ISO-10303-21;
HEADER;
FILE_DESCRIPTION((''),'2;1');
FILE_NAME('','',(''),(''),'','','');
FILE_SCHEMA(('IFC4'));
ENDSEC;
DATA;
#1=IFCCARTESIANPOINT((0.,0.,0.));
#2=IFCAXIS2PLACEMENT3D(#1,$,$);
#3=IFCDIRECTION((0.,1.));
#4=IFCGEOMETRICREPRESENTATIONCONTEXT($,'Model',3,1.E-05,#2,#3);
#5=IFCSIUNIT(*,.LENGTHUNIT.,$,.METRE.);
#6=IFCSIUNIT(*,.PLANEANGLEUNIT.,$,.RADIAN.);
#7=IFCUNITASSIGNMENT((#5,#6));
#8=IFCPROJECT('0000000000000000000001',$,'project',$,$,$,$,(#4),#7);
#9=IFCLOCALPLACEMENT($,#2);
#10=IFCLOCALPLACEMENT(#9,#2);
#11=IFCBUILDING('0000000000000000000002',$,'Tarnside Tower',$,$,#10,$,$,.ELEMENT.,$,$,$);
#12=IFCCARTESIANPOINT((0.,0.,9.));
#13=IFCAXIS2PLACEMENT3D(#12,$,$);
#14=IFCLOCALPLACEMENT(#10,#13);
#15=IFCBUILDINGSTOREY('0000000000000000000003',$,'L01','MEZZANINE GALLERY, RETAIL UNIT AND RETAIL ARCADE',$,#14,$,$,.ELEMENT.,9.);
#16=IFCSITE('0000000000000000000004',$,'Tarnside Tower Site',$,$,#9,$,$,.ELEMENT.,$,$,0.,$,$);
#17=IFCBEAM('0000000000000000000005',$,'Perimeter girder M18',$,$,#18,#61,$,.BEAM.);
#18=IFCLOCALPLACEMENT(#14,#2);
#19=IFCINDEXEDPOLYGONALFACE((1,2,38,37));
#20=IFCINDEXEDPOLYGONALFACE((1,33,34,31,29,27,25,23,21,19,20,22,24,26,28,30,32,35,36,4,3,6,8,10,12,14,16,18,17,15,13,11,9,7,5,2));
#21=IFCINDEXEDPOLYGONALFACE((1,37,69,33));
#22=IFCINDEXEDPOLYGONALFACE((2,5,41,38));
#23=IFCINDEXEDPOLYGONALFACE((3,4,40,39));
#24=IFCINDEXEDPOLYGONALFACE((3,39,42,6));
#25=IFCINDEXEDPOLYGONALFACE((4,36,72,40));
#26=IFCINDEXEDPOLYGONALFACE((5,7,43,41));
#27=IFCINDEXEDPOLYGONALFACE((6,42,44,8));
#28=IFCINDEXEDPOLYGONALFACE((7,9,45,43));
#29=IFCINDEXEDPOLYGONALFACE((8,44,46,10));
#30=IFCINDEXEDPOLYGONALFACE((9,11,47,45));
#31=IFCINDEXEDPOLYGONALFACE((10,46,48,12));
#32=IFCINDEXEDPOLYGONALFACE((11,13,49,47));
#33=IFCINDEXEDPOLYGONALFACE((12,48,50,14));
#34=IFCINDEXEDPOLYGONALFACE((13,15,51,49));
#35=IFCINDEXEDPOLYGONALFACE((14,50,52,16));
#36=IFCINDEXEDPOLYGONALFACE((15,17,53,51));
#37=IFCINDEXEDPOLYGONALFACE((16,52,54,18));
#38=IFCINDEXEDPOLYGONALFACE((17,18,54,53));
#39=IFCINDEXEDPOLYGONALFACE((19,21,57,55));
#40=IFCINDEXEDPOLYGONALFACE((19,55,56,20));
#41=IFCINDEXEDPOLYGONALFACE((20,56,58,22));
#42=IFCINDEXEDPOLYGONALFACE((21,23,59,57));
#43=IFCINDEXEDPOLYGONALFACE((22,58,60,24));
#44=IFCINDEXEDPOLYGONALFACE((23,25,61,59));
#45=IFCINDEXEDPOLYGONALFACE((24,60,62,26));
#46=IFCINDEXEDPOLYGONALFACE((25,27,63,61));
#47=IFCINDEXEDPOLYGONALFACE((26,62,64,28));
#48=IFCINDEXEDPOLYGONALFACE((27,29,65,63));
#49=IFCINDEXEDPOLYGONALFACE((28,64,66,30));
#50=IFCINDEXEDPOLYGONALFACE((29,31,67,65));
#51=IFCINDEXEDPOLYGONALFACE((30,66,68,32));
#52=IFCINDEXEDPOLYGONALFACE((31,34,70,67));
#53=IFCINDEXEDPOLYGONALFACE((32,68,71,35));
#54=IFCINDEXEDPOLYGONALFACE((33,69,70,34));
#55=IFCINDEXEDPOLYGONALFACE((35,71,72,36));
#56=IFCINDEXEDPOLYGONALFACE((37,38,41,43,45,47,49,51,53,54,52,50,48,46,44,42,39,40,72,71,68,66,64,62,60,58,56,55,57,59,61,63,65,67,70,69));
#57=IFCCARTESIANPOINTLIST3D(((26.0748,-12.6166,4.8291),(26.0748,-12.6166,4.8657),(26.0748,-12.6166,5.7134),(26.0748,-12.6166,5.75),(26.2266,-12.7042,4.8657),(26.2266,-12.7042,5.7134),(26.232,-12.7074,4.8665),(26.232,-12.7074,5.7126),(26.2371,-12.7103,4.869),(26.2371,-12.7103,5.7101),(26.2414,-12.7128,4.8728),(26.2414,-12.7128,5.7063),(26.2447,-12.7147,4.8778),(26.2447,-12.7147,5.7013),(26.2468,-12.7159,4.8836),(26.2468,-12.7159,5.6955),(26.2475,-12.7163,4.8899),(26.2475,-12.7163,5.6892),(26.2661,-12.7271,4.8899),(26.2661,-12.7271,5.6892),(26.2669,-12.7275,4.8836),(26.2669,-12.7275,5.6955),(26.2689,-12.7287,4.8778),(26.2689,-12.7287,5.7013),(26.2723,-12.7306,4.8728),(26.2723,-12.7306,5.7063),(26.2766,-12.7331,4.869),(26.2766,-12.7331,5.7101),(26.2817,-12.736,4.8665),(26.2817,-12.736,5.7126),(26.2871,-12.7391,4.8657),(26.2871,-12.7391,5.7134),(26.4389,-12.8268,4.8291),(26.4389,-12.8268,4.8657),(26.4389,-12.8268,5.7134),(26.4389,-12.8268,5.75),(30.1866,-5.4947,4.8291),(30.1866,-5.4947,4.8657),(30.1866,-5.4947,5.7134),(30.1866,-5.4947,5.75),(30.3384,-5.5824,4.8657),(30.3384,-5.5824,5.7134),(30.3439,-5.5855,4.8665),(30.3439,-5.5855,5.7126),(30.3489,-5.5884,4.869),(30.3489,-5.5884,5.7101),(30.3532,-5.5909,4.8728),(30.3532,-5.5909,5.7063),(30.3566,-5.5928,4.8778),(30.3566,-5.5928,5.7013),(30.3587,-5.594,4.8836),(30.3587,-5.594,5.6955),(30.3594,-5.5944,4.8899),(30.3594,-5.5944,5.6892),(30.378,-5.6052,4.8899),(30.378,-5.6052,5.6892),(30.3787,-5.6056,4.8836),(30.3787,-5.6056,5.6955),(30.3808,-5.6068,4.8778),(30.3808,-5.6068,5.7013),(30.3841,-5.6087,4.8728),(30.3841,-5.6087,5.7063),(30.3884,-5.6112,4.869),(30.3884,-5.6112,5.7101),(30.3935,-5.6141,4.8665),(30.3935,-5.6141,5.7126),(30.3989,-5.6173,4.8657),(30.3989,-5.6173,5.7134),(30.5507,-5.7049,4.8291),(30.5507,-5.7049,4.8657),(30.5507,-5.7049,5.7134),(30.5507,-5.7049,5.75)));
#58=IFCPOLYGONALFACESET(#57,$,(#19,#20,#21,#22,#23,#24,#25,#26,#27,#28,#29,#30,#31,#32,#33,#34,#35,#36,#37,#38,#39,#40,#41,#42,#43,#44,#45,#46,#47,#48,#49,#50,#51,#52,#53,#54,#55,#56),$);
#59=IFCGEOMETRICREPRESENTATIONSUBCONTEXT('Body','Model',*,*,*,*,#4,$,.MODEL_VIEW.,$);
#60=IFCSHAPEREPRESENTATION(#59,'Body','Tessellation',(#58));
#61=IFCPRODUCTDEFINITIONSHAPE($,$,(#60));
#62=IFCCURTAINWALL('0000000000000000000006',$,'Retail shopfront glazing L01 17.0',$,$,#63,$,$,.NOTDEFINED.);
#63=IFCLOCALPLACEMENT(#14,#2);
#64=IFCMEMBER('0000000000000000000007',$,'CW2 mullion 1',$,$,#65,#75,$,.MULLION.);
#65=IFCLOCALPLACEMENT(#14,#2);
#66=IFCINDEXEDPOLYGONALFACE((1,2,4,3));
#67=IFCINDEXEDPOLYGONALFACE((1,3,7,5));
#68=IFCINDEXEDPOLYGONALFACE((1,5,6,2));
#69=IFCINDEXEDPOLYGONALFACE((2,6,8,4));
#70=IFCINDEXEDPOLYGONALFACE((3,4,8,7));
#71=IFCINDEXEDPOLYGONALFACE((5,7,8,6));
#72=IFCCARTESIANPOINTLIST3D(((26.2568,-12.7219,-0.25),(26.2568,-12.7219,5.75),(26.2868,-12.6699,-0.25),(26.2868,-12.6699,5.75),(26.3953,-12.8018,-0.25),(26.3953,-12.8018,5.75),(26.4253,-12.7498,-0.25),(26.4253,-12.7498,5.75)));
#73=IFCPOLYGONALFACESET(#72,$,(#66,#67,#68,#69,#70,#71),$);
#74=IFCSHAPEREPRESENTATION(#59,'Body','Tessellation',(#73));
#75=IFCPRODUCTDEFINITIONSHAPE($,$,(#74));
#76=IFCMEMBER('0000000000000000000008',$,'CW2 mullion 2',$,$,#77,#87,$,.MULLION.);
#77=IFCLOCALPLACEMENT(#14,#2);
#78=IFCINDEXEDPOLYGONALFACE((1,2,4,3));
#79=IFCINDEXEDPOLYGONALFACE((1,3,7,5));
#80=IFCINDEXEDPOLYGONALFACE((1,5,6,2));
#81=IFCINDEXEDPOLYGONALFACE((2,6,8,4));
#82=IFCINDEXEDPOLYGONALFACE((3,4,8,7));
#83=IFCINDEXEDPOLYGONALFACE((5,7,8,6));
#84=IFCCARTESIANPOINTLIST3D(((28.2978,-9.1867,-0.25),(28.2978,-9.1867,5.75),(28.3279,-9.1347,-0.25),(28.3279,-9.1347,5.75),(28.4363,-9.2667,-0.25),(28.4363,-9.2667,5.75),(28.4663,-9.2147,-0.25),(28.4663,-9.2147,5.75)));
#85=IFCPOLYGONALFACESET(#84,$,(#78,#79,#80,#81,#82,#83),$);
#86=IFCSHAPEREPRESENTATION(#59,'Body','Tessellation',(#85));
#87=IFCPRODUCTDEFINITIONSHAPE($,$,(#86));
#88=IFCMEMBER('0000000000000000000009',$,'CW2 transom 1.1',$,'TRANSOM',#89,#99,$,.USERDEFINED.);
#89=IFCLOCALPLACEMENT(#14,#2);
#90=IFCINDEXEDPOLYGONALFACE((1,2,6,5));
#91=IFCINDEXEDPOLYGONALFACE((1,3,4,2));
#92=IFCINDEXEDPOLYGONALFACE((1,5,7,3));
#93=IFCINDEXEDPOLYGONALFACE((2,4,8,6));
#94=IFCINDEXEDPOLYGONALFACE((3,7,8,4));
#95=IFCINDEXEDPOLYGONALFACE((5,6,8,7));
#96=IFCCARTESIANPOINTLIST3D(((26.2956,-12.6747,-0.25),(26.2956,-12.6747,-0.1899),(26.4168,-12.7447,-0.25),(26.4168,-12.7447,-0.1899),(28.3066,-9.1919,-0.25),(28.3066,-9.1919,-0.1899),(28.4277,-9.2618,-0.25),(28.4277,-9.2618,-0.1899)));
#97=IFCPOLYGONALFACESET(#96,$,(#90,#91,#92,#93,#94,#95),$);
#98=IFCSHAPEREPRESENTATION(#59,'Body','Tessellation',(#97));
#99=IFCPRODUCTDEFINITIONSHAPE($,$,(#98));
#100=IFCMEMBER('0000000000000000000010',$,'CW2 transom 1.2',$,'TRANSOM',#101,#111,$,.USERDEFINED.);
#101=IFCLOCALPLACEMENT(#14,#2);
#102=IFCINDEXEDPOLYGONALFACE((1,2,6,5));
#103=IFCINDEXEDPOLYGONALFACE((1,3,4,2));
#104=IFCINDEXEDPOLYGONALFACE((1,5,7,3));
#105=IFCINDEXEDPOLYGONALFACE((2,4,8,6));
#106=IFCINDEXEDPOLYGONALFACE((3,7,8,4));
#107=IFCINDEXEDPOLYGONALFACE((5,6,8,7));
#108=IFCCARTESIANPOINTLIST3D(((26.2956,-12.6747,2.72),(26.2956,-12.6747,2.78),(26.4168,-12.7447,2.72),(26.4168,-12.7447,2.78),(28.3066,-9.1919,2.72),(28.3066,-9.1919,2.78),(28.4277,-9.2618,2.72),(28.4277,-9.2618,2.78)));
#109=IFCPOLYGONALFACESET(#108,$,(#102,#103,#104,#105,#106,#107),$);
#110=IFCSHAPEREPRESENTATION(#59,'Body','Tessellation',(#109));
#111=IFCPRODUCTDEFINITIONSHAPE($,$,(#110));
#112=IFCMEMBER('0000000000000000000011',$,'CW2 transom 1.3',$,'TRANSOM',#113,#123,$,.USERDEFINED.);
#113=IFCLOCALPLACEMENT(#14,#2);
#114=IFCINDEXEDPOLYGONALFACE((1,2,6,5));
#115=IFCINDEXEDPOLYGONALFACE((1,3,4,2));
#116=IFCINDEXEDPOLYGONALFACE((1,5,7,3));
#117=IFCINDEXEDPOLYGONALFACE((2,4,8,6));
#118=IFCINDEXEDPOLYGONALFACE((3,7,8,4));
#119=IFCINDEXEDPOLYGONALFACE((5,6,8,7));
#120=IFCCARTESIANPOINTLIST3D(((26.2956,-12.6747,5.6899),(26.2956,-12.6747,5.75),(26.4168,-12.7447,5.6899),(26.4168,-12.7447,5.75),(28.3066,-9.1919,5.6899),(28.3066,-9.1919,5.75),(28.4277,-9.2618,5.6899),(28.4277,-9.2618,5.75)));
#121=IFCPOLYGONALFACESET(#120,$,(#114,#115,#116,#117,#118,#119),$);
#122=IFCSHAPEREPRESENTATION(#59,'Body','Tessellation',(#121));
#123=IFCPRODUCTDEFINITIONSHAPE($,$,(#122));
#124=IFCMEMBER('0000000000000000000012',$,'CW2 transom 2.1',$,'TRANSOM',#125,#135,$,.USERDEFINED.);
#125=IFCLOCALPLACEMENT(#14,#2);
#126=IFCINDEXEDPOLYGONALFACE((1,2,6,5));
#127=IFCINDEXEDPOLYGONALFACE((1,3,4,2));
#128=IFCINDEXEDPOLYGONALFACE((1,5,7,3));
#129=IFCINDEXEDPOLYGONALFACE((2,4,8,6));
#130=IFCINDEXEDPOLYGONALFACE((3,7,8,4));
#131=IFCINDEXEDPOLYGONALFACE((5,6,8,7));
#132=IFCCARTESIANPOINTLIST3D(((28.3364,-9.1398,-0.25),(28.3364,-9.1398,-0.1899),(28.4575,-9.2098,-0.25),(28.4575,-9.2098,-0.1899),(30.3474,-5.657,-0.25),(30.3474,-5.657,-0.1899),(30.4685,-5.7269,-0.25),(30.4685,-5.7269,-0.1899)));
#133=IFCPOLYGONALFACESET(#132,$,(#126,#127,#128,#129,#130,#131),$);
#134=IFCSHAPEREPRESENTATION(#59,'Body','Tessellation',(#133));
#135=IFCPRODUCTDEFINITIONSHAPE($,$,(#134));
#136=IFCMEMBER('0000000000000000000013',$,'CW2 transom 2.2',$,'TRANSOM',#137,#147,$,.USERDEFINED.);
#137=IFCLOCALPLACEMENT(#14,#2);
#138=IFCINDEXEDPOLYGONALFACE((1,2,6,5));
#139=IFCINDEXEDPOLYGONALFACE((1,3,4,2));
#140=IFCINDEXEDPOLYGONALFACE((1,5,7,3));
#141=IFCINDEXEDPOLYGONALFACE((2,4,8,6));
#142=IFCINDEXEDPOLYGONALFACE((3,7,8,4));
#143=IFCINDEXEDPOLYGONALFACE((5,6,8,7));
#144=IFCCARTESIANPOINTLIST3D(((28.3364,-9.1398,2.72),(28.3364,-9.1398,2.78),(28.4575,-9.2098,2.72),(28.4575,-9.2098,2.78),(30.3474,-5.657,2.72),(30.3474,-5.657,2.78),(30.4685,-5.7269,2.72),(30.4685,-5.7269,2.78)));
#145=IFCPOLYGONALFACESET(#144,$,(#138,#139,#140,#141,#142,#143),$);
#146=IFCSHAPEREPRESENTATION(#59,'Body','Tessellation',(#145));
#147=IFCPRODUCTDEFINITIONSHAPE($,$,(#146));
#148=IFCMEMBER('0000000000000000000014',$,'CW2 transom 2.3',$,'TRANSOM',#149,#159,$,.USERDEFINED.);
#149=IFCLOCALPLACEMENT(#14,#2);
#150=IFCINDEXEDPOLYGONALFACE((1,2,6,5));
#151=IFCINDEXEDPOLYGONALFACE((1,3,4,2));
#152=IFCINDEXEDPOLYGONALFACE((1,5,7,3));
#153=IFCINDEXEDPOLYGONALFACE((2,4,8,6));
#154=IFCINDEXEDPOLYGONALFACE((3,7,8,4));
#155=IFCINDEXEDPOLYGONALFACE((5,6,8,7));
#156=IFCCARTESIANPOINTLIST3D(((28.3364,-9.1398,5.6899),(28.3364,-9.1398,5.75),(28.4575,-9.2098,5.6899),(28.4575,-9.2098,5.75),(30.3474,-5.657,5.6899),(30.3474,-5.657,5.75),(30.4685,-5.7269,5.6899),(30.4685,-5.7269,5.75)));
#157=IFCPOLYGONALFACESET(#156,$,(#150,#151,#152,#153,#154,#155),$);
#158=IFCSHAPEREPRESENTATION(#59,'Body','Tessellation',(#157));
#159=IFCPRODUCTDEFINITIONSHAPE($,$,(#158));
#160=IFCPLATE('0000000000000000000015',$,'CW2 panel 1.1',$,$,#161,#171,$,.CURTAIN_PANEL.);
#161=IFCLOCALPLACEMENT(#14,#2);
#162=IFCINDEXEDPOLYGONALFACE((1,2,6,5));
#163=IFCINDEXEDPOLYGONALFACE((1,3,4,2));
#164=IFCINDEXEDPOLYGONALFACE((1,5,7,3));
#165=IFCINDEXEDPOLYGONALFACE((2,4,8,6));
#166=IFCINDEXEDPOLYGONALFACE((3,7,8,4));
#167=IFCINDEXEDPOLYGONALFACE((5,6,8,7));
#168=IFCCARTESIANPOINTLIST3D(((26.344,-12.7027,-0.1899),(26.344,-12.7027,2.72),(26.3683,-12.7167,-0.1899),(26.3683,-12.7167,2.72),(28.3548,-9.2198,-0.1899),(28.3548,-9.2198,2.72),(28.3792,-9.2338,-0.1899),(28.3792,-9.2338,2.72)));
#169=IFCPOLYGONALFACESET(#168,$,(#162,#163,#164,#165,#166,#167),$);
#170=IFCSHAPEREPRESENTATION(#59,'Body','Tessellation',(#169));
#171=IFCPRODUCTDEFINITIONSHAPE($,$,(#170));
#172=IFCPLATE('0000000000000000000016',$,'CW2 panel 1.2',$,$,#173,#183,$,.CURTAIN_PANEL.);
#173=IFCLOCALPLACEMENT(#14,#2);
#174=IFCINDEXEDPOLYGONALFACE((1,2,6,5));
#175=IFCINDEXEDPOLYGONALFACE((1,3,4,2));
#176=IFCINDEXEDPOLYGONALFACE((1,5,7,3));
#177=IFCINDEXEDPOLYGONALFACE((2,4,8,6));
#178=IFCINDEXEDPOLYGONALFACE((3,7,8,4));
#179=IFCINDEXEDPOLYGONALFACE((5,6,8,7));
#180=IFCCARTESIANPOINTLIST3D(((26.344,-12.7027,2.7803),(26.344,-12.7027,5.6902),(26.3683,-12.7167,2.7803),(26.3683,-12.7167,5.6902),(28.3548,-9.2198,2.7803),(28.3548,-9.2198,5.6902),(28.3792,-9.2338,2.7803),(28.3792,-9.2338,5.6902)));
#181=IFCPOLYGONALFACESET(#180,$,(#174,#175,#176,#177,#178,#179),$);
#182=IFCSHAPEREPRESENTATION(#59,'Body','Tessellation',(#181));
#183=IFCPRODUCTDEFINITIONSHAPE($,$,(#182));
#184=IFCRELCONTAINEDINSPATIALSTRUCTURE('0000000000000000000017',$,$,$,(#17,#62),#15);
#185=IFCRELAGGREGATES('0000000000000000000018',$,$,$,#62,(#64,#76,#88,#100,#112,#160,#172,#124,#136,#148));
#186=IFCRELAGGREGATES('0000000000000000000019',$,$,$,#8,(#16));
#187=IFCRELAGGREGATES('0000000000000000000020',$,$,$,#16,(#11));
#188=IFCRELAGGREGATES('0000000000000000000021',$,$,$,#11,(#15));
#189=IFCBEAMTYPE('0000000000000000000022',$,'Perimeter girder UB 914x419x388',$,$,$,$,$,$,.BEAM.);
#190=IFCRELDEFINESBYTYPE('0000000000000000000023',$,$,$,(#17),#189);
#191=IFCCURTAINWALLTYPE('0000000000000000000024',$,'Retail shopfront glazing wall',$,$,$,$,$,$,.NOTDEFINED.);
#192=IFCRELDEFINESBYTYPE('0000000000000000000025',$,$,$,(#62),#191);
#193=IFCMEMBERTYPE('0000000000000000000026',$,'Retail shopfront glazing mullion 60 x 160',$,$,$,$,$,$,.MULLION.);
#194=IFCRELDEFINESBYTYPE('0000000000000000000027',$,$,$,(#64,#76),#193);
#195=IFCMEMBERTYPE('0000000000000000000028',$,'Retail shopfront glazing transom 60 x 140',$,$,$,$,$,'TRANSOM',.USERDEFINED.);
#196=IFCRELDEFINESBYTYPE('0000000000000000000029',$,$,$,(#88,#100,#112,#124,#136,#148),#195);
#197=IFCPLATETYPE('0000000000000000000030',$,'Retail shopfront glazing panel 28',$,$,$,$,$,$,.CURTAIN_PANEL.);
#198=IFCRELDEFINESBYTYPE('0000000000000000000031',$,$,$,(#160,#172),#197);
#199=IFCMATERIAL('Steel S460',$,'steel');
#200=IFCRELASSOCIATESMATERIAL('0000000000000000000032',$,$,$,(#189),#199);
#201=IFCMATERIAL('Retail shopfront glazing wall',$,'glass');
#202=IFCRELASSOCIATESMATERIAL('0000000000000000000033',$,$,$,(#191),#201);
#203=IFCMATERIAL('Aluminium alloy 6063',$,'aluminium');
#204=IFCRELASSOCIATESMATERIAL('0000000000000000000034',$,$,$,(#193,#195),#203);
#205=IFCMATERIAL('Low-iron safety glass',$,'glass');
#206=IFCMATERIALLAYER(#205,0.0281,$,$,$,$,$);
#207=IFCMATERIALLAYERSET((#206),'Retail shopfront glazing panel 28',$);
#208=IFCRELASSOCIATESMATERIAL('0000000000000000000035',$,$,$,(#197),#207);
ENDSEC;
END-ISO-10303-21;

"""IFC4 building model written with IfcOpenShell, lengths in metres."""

from ifc_helpers import new_model, si_unit, direction, frame, origin, origin_2d, place, context, subcontext, project, spatial, rectangle, i_section, extrude, material, layer, layer_set, material_profile, profile_set, type_object, element, aggregate, save


model = new_model("IFC4")

# Units and contexts
model_context = context("Model", 3, precision=1e-05, world=origin(), true_north=direction((0.0, 1.0)))
body_context = subcontext(model_context, "Body", "Model", "MODEL_VIEW")
ifc_project = project(units=[si_unit("LENGTHUNIT", "METRE"), si_unit("PLANEANGLEUNIT", "RADIAN")], contexts=[model_context])

# Site, building, storey
site_placement = place(None, origin())
site = spatial("IfcSite", under=ifc_project, at=site_placement, Name="Tarnside Tower Site", CompositionType="ELEMENT", RefElevation=0.0)
building_placement = place(site_placement, origin())
building = spatial("IfcBuilding", under=site, at=building_placement, Name="Tarnside Tower", CompositionType="ELEMENT")
storey_placement = place(building_placement, frame((0.0, 0.0, 9.0)))
storey = spatial("IfcBuildingStorey", under=building, at=storey_placement, Name="L01", Description="MEZZANINE GALLERY, RETAIL UNIT AND RETAIL ARCADE", CompositionType="ELEMENT", Elevation=9.0)

# Shared definitions
ifc_material_1 = material(Name="Steel S460", Category="steel")

# Beam
ifc_material_profile_1 = material_profile(ifc_material_1, i_section(OverallWidth=0.4204, OverallDepth=0.9209, WebThickness=0.0215, FlangeThickness=0.0366, FilletRadius=0.0242, at=origin_2d()), Name="UB 914x419x388")
ifc_profile_set_1 = profile_set([ifc_material_profile_1], Name="Steel S460")
beam_type_1 = type_object("IfcBeamType", Name="Perimeter girder UB 914x419x388", PredefinedType="BEAM", material=ifc_profile_set_1)
beam_1_placement = place(storey_placement, frame((26.2568, -12.7217, 5.2896), z_axis=(0.500003, 0.866024, 0.0), x_axis=(-0.866024, 0.500003, 0.0)))
element("IfcBeam", 1, at=beam_1_placement, inside=storey, type_object=beam_type_1, Name="Perimeter girder M18", PredefinedType="BEAM", context=body_context, shape_type="SweptSolid", body=[
    extrude(i_section(OverallWidth=0.4204, OverallDepth=0.9209, WebThickness=0.0215, FlangeThickness=0.0366, FilletRadius=0.0242, at=origin_2d()), origin(), (0.0, 0.0, 1.0), 8.2236),
])

# Curtain wall, members, plates
ifc_material_2 = material(Name="Retail shopfront glazing wall", Category="glass")
curtain_wall_type = type_object("IfcCurtainWallType", Name="Retail shopfront glazing wall", PredefinedType="NOTDEFINED", material=ifc_material_2)
curtain_wall_placement = place(storey_placement, origin())
curtain_wall = element("IfcCurtainWall", 2, at=curtain_wall_placement, inside=storey, type_object=curtain_wall_type, Name="Retail shopfront glazing L01 17.0", PredefinedType="NOTDEFINED")
ifc_material_3 = material(Name="Aluminium alloy 6063", Category="aluminium")
ifc_material_profile_2 = material_profile(ifc_material_3, rectangle(XDim=0.1599, YDim=0.0601, at=origin_2d()), Name="Retail shopfront glazing mullion 60 x 160")
ifc_profile_set_2 = profile_set([ifc_material_profile_2], Name="Aluminium alloy 6063")
member_type_1 = type_object("IfcMemberType", Name="Retail shopfront glazing mullion 60 x 160", PredefinedType="MULLION", material=ifc_profile_set_2)
member_1_placement = place(storey_placement, frame((26.3411, -12.7358, -0.25), z_axis=(0.0, 0.0, 1.0), x_axis=(-0.866025, 0.5, 0.0)))
member_1 = element("IfcMember", 3, at=member_1_placement, type_object=member_type_1, Name="CW2 mullion 1", PredefinedType="MULLION", context=body_context, shape_type="SweptSolid", body=[
    extrude(rectangle(XDim=0.1599, YDim=0.0601, at=origin_2d()), origin(), (0.0, 0.0, 1.0), 6.0),
])
member_2_placement = place(storey_placement, frame((28.3821, -9.2007, -0.25), z_axis=(0.0, 0.0, 1.0), x_axis=(-0.866025, 0.5, 0.0)))
member_2 = element("IfcMember", 4, at=member_2_placement, type_object=member_type_1, Name="CW2 mullion 2", PredefinedType="MULLION", context=body_context, shape_type="SweptSolid", body=[
    extrude(rectangle(XDim=0.1599, YDim=0.0601, at=origin_2d()), origin(), (0.0, 0.0, 1.0), 6.0),
])
ifc_material_profile_3 = material_profile(ifc_material_3, rectangle(XDim=0.1399, YDim=0.0601, at=origin_2d()), Name="Retail shopfront glazing transom 60 x 140")
ifc_profile_set_3 = profile_set([ifc_material_profile_3], Name="Aluminium alloy 6063")
member_type_2 = type_object("IfcMemberType", Name="Retail shopfront glazing transom 60 x 140", ElementType="TRANSOM", PredefinedType="USERDEFINED", material=ifc_profile_set_3)
member_3_placement = place(storey_placement, frame((26.3562, -12.7097, -0.22), z_axis=(0.500024, 0.866012, 0.0), x_axis=(-0.866012, 0.500024, 0.0)))
member_3 = element("IfcMember", 5, at=member_3_placement, type_object=member_type_2, Name="CW2 transom 1.1", ObjectType="TRANSOM", PredefinedType="USERDEFINED", context=body_context, shape_type="SweptSolid", body=[
    extrude(rectangle(XDim=0.1399, YDim=0.0601, at=origin_2d()), origin(), (0.0, 0.0, 1.0), 4.0217),
])
member_4_placement = place(storey_placement, frame((26.3562, -12.7097, 2.75), z_axis=(0.500024, 0.866012, 0.0), x_axis=(-0.866012, 0.500024, 0.0)))
member_4 = element("IfcMember", 6, at=member_4_placement, type_object=member_type_2, Name="CW2 transom 1.2", ObjectType="TRANSOM", PredefinedType="USERDEFINED", context=body_context, shape_type="SweptSolid", body=[
    extrude(rectangle(XDim=0.1399, YDim=0.0601, at=origin_2d()), origin(), (0.0, 0.0, 1.0), 4.0217),
])
member_5_placement = place(storey_placement, frame((26.3562, -12.7097, 5.72), z_axis=(0.500024, 0.866012, 0.0), x_axis=(-0.866012, 0.500024, 0.0)))
member_5 = element("IfcMember", 7, at=member_5_placement, type_object=member_type_2, Name="CW2 transom 1.3", ObjectType="TRANSOM", PredefinedType="USERDEFINED", context=body_context, shape_type="SweptSolid", body=[
    extrude(rectangle(XDim=0.1399, YDim=0.0601, at=origin_2d()), origin(), (0.0, 0.0, 1.0), 4.0217),
])
member_6_placement = place(storey_placement, frame((28.397, -9.1748, -0.22), z_axis=(0.500024, 0.866012, 0.0), x_axis=(-0.866012, 0.500024, 0.0)))
member_6 = element("IfcMember", 8, at=member_6_placement, type_object=member_type_2, Name="CW2 transom 2.1", ObjectType="TRANSOM", PredefinedType="USERDEFINED", context=body_context, shape_type="SweptSolid", body=[
    extrude(rectangle(XDim=0.1399, YDim=0.0601, at=origin_2d()), origin(), (0.0, 0.0, 1.0), 4.0217),
])
member_7_placement = place(storey_placement, frame((28.397, -9.1748, 2.75), z_axis=(0.500024, 0.866012, 0.0), x_axis=(-0.866012, 0.500024, 0.0)))
member_7 = element("IfcMember", 9, at=member_7_placement, type_object=member_type_2, Name="CW2 transom 2.2", ObjectType="TRANSOM", PredefinedType="USERDEFINED", context=body_context, shape_type="SweptSolid", body=[
    extrude(rectangle(XDim=0.1399, YDim=0.0601, at=origin_2d()), origin(), (0.0, 0.0, 1.0), 4.0217),
])
member_8_placement = place(storey_placement, frame((28.397, -9.1748, 5.72), z_axis=(0.500024, 0.866012, 0.0), x_axis=(-0.866012, 0.500024, 0.0)))
member_8 = element("IfcMember", 10, at=member_8_placement, type_object=member_type_2, Name="CW2 transom 2.3", ObjectType="TRANSOM", PredefinedType="USERDEFINED", context=body_context, shape_type="SweptSolid", body=[
    extrude(rectangle(XDim=0.1399, YDim=0.0601, at=origin_2d()), origin(), (0.0, 0.0, 1.0), 4.0217),
])
ifc_material_4 = material(Name="Low-iron safety glass", Category="glass")
ifc_layer_1 = layer(ifc_material_4, 0.0281)
ifc_layer_set_1 = layer_set([ifc_layer_1], Name="Retail shopfront glazing panel 28")
plate_type = type_object("IfcPlateType", Name="Retail shopfront glazing panel 28", PredefinedType="CURTAIN_PANEL", material=ifc_layer_set_1)
plate_1_placement = place(storey_placement, frame((27.3616, -10.9683, -0.1899), z_axis=(0.0, 0.0, 1.0), x_axis=(0.5, 0.866025, 0.0)))
plate_1 = element("IfcPlate", 11, at=plate_1_placement, type_object=plate_type, Name="CW2 panel 1.1", PredefinedType="CURTAIN_PANEL", context=body_context, shape_type="SweptSolid", body=[
    extrude(rectangle(XDim=4.0217, YDim=0.0281, at=origin_2d()), origin(), (0.0, 0.0, 1.0), 2.9099),
])
plate_2_placement = place(storey_placement, frame((27.3616, -10.9683, 2.7803), z_axis=(0.0, 0.0, 1.0), x_axis=(0.5, 0.866025, 0.0)))
plate_2 = element("IfcPlate", 12, at=plate_2_placement, type_object=plate_type, Name="CW2 panel 1.2", PredefinedType="CURTAIN_PANEL", context=body_context, shape_type="SweptSolid", body=[
    extrude(rectangle(XDim=4.0217, YDim=0.0281, at=origin_2d()), origin(), (0.0, 0.0, 1.0), 2.9099),
])
aggregate(curtain_wall, [member_1, member_2, member_3, member_4, member_5, plate_1, plate_2, member_6, member_7, member_8])

save(model, "model.ifc")
